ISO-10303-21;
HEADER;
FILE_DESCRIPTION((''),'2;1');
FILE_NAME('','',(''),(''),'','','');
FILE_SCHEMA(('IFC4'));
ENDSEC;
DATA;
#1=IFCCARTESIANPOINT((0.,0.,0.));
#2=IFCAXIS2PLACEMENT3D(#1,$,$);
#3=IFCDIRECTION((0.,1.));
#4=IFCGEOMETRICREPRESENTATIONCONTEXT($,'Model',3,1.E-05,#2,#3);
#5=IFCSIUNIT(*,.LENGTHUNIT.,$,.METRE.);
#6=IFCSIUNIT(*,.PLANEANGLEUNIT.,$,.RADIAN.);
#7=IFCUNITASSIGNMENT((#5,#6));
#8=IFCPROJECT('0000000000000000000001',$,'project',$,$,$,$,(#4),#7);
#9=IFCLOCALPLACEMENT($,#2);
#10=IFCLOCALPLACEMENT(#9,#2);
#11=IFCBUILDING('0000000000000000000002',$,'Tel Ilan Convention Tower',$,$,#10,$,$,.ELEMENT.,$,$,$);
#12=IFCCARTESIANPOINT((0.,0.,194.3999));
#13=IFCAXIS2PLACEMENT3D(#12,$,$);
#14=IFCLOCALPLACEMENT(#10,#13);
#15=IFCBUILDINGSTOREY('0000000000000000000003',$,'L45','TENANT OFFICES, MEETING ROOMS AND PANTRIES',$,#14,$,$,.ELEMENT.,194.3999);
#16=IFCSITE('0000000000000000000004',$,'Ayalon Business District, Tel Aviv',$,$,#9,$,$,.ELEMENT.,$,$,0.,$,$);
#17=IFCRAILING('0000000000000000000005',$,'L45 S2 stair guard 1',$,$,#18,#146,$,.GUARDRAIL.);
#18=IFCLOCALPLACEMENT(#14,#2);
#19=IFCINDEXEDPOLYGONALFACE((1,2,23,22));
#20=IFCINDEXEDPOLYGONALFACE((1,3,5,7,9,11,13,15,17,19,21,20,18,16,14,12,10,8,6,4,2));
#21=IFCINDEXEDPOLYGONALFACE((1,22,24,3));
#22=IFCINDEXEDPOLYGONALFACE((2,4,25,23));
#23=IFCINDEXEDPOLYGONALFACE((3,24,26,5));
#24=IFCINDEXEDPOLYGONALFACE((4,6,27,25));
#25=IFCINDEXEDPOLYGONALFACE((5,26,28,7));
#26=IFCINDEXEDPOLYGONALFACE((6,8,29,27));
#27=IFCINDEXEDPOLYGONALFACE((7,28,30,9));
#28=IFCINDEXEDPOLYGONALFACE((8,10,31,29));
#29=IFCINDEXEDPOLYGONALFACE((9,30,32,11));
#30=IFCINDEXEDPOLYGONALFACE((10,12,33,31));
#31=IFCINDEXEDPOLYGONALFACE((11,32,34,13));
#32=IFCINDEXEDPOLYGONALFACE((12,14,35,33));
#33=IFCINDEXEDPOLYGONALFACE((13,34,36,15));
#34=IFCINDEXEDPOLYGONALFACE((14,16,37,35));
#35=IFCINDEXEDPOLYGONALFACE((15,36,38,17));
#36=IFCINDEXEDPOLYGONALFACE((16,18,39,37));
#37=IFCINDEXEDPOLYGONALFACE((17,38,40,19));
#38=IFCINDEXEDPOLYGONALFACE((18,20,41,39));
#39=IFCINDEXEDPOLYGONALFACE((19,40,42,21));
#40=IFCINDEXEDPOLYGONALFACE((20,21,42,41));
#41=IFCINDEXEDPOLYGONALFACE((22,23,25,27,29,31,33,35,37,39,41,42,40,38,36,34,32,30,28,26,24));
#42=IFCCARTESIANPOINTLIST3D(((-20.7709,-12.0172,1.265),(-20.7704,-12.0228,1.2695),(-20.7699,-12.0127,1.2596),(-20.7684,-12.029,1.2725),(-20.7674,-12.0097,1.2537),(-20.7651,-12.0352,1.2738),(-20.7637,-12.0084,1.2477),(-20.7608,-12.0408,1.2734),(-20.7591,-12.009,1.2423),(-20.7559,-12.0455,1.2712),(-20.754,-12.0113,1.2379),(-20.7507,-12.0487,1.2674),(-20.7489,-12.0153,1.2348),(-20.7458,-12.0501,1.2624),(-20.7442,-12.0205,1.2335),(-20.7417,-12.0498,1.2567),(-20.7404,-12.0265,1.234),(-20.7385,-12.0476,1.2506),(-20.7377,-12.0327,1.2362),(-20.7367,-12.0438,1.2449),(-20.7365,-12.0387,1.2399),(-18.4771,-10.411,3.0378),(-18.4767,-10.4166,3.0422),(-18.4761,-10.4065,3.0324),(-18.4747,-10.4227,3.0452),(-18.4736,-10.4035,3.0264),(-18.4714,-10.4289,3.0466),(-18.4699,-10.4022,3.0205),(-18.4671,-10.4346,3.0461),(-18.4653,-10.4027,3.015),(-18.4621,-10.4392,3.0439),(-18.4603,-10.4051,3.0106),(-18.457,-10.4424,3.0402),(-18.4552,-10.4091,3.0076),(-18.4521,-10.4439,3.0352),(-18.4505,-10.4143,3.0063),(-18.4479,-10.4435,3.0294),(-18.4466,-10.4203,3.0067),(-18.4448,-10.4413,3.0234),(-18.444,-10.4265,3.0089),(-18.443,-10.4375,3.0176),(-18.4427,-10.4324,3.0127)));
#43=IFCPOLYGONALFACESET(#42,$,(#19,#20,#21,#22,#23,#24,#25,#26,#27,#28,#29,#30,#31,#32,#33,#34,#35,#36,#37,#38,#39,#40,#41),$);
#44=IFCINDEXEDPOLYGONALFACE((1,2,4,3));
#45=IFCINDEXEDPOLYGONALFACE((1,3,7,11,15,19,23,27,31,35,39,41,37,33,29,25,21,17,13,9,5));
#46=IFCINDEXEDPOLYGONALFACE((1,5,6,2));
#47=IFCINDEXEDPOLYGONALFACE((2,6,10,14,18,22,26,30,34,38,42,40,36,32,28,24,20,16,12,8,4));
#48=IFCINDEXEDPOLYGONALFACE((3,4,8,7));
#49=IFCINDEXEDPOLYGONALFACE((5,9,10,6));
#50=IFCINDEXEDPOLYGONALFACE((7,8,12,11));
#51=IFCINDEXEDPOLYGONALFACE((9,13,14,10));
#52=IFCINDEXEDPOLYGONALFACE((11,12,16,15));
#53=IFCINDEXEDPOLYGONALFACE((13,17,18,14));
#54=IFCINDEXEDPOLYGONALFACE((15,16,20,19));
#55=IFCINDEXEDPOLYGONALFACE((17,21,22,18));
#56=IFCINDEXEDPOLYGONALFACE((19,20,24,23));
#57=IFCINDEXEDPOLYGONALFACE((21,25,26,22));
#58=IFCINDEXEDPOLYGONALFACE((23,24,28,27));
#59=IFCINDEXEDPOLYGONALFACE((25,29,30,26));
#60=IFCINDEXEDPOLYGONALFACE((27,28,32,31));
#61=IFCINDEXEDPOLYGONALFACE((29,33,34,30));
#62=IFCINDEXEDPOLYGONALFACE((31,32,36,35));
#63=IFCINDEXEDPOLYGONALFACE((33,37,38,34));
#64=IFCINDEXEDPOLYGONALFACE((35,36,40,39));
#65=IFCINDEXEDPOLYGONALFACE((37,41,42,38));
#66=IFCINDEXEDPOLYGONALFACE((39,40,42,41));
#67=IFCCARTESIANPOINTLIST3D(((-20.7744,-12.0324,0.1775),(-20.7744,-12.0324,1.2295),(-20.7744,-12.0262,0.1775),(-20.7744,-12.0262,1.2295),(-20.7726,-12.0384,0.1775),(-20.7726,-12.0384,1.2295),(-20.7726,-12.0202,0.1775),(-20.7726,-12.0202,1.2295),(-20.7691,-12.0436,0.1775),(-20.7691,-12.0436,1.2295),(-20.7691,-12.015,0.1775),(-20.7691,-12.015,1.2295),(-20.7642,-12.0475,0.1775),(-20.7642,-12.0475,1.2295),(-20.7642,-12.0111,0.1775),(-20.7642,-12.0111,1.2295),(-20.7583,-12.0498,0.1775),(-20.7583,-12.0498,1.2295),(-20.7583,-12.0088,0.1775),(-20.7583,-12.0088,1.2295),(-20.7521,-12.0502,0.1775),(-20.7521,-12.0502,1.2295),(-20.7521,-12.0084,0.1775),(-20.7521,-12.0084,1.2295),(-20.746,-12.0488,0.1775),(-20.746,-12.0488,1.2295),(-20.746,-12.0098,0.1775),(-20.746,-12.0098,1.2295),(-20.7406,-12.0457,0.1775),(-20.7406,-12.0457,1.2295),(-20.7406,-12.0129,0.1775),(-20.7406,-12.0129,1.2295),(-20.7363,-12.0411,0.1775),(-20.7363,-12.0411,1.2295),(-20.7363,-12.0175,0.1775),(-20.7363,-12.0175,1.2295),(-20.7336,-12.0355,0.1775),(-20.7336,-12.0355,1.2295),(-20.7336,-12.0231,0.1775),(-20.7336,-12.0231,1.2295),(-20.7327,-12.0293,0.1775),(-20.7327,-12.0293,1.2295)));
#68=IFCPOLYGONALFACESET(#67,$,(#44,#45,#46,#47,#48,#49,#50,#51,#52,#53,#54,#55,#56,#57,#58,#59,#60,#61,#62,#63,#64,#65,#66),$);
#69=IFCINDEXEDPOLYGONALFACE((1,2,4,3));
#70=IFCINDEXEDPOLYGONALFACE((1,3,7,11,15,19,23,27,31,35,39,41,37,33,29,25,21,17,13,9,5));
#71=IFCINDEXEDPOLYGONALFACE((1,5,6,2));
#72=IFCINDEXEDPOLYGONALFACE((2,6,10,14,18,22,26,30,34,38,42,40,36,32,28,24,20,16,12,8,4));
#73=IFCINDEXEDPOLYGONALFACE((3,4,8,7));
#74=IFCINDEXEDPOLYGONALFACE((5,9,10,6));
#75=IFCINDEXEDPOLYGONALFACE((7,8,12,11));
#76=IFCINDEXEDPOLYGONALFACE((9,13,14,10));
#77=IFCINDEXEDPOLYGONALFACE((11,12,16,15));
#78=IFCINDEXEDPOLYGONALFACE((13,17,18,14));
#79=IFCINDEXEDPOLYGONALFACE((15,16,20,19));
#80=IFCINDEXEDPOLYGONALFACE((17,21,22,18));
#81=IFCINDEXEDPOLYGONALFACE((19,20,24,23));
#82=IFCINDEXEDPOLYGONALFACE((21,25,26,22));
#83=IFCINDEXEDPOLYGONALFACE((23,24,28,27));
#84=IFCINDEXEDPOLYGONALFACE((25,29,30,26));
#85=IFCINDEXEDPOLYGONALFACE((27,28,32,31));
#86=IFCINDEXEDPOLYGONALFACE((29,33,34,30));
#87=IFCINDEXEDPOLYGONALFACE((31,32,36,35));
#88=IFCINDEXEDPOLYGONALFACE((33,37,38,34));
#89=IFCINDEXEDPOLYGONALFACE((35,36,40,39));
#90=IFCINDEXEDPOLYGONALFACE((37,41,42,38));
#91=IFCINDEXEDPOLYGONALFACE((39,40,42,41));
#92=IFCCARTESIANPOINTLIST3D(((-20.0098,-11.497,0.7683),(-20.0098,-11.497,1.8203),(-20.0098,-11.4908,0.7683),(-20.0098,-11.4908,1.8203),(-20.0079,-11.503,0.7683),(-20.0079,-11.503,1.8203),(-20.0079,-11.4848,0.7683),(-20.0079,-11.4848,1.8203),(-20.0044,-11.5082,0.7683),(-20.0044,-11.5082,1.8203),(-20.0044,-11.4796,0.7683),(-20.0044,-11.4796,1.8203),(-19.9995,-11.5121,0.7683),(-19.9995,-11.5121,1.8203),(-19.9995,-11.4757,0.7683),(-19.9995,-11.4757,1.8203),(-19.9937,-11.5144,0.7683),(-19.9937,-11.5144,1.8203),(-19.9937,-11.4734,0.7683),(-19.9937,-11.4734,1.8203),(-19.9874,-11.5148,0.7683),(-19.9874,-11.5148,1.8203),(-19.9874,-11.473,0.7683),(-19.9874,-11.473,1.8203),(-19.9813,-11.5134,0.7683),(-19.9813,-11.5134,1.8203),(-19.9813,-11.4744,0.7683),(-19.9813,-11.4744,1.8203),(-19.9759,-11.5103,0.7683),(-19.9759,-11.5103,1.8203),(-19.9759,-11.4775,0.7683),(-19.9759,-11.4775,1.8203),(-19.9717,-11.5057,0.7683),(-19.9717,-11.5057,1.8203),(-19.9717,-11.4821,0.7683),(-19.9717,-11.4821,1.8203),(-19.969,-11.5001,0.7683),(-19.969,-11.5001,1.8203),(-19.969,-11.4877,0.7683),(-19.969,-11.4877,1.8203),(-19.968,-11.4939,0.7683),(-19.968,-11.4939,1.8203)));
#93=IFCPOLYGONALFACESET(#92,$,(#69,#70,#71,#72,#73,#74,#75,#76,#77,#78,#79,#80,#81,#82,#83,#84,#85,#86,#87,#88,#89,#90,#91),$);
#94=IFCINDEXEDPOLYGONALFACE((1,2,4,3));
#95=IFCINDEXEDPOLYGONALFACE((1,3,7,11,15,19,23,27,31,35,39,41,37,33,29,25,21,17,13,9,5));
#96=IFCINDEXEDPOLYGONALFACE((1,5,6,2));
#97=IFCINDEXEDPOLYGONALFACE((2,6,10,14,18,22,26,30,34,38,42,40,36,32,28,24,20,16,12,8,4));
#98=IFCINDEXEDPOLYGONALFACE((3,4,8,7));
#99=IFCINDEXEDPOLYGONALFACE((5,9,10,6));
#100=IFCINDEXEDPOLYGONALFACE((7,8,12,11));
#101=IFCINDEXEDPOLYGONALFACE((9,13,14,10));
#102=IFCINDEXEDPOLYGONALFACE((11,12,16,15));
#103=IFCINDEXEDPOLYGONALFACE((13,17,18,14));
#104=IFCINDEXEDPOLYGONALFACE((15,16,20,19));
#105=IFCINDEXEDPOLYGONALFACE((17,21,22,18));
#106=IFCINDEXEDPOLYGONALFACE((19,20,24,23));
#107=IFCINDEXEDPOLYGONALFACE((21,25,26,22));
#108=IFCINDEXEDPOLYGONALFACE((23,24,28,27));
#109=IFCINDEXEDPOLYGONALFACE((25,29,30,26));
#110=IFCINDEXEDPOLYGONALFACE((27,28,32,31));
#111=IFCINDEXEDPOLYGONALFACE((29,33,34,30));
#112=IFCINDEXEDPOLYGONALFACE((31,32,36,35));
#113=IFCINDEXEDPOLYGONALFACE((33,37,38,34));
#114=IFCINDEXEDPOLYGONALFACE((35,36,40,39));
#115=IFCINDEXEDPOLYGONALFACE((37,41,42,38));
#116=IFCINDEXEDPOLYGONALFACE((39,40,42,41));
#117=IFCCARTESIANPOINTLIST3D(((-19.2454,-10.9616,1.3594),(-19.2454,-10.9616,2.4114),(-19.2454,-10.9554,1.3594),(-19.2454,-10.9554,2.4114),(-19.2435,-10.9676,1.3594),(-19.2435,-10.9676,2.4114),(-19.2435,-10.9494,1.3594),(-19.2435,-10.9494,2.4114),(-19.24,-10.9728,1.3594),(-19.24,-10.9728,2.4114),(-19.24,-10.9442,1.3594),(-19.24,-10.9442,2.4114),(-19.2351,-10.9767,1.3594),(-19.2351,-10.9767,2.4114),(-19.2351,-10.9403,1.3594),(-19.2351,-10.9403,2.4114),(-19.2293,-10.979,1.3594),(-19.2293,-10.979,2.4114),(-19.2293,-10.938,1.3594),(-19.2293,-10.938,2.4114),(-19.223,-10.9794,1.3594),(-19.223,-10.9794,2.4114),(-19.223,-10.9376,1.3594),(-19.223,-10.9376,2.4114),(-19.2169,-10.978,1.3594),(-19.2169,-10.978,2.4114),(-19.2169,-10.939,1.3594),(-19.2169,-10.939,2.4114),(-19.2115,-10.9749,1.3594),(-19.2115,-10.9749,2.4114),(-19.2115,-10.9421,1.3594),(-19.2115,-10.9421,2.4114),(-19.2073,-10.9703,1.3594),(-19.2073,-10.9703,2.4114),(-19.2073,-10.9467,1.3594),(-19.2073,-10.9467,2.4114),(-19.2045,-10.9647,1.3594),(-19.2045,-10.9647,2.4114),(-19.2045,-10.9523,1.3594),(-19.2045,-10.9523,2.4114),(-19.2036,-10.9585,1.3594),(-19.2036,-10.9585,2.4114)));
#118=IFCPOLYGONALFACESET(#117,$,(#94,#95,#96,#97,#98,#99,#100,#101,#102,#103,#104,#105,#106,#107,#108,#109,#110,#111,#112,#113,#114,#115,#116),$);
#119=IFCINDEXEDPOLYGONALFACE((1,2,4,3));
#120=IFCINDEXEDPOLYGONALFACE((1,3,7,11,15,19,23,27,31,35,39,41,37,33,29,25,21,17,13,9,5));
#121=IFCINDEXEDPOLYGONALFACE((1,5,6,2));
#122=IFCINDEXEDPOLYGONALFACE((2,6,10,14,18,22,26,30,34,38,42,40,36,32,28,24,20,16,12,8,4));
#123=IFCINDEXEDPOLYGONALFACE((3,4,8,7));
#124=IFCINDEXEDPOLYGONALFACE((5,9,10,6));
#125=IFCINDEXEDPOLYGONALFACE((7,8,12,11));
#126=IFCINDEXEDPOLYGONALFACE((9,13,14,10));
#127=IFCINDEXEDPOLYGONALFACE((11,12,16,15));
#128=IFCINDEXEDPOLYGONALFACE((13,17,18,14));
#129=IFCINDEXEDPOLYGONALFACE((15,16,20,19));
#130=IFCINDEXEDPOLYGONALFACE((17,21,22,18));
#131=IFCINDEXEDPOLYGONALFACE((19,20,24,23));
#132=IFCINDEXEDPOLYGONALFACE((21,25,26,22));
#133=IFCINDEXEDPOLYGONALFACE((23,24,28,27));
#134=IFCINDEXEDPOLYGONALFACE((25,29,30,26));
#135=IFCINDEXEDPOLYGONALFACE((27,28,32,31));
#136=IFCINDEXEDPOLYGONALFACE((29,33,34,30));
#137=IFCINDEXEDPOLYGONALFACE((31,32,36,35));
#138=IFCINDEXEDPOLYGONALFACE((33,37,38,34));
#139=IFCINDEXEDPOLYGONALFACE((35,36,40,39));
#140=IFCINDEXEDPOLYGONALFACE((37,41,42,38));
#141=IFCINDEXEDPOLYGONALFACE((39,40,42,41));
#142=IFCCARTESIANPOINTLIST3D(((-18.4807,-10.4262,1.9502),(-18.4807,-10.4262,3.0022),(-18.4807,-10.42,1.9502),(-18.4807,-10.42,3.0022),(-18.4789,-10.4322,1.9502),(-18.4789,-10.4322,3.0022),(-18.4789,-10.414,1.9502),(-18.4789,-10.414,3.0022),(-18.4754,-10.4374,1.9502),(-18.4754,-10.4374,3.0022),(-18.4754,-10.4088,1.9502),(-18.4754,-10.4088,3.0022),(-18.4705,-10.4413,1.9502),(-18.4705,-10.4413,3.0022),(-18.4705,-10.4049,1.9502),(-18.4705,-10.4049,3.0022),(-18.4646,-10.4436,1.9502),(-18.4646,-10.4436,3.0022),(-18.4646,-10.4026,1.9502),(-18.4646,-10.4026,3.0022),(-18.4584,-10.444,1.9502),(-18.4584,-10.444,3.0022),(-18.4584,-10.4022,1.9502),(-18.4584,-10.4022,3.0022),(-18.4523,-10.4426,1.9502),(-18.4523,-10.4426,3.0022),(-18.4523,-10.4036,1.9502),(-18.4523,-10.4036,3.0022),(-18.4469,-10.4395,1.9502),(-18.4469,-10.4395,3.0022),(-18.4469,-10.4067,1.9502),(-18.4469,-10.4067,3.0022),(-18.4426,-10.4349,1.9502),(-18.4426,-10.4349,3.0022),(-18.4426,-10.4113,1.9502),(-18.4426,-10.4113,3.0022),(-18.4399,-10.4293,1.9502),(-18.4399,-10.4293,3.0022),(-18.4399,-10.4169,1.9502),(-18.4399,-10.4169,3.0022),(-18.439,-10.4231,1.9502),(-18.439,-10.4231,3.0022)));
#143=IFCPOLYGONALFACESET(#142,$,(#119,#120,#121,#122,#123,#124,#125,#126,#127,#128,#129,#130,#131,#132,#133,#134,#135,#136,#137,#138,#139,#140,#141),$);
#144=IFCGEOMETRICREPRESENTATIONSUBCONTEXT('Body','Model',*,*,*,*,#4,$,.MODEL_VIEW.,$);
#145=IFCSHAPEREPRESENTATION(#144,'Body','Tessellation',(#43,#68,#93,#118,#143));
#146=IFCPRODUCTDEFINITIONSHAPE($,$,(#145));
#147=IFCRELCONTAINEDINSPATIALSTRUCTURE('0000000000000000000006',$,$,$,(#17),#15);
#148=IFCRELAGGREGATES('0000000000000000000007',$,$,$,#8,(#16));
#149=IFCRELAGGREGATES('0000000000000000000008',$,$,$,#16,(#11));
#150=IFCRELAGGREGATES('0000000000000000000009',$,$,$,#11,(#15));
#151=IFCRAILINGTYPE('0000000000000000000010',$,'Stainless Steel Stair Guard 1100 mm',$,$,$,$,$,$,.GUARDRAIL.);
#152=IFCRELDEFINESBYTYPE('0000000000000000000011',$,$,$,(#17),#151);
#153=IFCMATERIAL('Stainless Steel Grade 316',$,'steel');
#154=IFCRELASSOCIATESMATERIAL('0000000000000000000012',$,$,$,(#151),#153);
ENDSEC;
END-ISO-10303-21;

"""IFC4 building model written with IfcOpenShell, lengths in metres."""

from ifc_helpers import new_model, si_unit, direction, frame, origin, origin_2d, place, context, subcontext, project, spatial, circle, extrude, material, type_object, element, save


model = new_model("IFC4")

# Units and contexts
model_context = context("Model", 3, precision=1e-05, world=origin(), true_north=direction((0.0, 1.0)))
body_context = subcontext(model_context, "Body", "Model", "MODEL_VIEW")
ifc_project = project(units=[si_unit("LENGTHUNIT", "METRE"), si_unit("PLANEANGLEUNIT", "RADIAN")], contexts=[model_context])

# Site, building, storey
site_placement = place(None, origin())
site = spatial("IfcSite", under=ifc_project, at=site_placement, Name="Ayalon Business District, Tel Aviv", CompositionType="ELEMENT", RefElevation=0.0)
building_placement = place(site_placement, origin())
building = spatial("IfcBuilding", under=site, at=building_placement, Name="Tel Ilan Convention Tower", CompositionType="ELEMENT")
storey_placement = place(building_placement, frame((0.0, 0.0, 194.3999)))
storey = spatial("IfcBuildingStorey", under=building, at=storey_placement, Name="L45", Description="TENANT OFFICES, MEETING ROOMS AND PANTRIES", CompositionType="ELEMENT", Elevation=194.3999)

# Railing
ifc_material_1 = material(Name="Stainless Steel Grade 316", Category="steel")
railing_type_1 = type_object("IfcRailingType", Name="Stainless Steel Stair Guard 1100 mm", PredefinedType="GUARDRAIL", material=ifc_material_1)
railing_1_placement = place(storey_placement, frame((-20.7537, -12.0293, 0.1775)))
element("IfcRailing", 1, at=railing_1_placement, inside=storey, type_object=railing_type_1, Name="L45 S2 stair guard 1", PredefinedType="GUARDRAIL", context=body_context, shape_type="SweptSolid", body=[
    extrude(circle(Radius=0.0239, at=origin_2d()), frame((0.0, 0.0, 1.0762), z_axis=(0.692098, 0.484653, 0.534894), x_axis=(-0.573609, 0.81913, 0.0)), (0.0, 0.0, 1.0), 3.3142),
    extrude(circle(Radius=0.021, at=origin_2d()), origin(), (0.0, 0.0, 1.0), 1.052),
    extrude(circle(Radius=0.021, at=origin_2d()), frame((0.7646, 0.5354, 0.5908)), (0.0, 0.0, 1.0), 1.052),
    extrude(circle(Radius=0.021, at=origin_2d()), frame((1.5291, 1.0708, 1.1819)), (0.0, 0.0, 1.0), 1.052),
    extrude(circle(Radius=0.021, at=origin_2d()), frame((2.2937, 1.6062, 1.7727)), (0.0, 0.0, 1.0), 1.052),
])

save(model, "model.ifc")
